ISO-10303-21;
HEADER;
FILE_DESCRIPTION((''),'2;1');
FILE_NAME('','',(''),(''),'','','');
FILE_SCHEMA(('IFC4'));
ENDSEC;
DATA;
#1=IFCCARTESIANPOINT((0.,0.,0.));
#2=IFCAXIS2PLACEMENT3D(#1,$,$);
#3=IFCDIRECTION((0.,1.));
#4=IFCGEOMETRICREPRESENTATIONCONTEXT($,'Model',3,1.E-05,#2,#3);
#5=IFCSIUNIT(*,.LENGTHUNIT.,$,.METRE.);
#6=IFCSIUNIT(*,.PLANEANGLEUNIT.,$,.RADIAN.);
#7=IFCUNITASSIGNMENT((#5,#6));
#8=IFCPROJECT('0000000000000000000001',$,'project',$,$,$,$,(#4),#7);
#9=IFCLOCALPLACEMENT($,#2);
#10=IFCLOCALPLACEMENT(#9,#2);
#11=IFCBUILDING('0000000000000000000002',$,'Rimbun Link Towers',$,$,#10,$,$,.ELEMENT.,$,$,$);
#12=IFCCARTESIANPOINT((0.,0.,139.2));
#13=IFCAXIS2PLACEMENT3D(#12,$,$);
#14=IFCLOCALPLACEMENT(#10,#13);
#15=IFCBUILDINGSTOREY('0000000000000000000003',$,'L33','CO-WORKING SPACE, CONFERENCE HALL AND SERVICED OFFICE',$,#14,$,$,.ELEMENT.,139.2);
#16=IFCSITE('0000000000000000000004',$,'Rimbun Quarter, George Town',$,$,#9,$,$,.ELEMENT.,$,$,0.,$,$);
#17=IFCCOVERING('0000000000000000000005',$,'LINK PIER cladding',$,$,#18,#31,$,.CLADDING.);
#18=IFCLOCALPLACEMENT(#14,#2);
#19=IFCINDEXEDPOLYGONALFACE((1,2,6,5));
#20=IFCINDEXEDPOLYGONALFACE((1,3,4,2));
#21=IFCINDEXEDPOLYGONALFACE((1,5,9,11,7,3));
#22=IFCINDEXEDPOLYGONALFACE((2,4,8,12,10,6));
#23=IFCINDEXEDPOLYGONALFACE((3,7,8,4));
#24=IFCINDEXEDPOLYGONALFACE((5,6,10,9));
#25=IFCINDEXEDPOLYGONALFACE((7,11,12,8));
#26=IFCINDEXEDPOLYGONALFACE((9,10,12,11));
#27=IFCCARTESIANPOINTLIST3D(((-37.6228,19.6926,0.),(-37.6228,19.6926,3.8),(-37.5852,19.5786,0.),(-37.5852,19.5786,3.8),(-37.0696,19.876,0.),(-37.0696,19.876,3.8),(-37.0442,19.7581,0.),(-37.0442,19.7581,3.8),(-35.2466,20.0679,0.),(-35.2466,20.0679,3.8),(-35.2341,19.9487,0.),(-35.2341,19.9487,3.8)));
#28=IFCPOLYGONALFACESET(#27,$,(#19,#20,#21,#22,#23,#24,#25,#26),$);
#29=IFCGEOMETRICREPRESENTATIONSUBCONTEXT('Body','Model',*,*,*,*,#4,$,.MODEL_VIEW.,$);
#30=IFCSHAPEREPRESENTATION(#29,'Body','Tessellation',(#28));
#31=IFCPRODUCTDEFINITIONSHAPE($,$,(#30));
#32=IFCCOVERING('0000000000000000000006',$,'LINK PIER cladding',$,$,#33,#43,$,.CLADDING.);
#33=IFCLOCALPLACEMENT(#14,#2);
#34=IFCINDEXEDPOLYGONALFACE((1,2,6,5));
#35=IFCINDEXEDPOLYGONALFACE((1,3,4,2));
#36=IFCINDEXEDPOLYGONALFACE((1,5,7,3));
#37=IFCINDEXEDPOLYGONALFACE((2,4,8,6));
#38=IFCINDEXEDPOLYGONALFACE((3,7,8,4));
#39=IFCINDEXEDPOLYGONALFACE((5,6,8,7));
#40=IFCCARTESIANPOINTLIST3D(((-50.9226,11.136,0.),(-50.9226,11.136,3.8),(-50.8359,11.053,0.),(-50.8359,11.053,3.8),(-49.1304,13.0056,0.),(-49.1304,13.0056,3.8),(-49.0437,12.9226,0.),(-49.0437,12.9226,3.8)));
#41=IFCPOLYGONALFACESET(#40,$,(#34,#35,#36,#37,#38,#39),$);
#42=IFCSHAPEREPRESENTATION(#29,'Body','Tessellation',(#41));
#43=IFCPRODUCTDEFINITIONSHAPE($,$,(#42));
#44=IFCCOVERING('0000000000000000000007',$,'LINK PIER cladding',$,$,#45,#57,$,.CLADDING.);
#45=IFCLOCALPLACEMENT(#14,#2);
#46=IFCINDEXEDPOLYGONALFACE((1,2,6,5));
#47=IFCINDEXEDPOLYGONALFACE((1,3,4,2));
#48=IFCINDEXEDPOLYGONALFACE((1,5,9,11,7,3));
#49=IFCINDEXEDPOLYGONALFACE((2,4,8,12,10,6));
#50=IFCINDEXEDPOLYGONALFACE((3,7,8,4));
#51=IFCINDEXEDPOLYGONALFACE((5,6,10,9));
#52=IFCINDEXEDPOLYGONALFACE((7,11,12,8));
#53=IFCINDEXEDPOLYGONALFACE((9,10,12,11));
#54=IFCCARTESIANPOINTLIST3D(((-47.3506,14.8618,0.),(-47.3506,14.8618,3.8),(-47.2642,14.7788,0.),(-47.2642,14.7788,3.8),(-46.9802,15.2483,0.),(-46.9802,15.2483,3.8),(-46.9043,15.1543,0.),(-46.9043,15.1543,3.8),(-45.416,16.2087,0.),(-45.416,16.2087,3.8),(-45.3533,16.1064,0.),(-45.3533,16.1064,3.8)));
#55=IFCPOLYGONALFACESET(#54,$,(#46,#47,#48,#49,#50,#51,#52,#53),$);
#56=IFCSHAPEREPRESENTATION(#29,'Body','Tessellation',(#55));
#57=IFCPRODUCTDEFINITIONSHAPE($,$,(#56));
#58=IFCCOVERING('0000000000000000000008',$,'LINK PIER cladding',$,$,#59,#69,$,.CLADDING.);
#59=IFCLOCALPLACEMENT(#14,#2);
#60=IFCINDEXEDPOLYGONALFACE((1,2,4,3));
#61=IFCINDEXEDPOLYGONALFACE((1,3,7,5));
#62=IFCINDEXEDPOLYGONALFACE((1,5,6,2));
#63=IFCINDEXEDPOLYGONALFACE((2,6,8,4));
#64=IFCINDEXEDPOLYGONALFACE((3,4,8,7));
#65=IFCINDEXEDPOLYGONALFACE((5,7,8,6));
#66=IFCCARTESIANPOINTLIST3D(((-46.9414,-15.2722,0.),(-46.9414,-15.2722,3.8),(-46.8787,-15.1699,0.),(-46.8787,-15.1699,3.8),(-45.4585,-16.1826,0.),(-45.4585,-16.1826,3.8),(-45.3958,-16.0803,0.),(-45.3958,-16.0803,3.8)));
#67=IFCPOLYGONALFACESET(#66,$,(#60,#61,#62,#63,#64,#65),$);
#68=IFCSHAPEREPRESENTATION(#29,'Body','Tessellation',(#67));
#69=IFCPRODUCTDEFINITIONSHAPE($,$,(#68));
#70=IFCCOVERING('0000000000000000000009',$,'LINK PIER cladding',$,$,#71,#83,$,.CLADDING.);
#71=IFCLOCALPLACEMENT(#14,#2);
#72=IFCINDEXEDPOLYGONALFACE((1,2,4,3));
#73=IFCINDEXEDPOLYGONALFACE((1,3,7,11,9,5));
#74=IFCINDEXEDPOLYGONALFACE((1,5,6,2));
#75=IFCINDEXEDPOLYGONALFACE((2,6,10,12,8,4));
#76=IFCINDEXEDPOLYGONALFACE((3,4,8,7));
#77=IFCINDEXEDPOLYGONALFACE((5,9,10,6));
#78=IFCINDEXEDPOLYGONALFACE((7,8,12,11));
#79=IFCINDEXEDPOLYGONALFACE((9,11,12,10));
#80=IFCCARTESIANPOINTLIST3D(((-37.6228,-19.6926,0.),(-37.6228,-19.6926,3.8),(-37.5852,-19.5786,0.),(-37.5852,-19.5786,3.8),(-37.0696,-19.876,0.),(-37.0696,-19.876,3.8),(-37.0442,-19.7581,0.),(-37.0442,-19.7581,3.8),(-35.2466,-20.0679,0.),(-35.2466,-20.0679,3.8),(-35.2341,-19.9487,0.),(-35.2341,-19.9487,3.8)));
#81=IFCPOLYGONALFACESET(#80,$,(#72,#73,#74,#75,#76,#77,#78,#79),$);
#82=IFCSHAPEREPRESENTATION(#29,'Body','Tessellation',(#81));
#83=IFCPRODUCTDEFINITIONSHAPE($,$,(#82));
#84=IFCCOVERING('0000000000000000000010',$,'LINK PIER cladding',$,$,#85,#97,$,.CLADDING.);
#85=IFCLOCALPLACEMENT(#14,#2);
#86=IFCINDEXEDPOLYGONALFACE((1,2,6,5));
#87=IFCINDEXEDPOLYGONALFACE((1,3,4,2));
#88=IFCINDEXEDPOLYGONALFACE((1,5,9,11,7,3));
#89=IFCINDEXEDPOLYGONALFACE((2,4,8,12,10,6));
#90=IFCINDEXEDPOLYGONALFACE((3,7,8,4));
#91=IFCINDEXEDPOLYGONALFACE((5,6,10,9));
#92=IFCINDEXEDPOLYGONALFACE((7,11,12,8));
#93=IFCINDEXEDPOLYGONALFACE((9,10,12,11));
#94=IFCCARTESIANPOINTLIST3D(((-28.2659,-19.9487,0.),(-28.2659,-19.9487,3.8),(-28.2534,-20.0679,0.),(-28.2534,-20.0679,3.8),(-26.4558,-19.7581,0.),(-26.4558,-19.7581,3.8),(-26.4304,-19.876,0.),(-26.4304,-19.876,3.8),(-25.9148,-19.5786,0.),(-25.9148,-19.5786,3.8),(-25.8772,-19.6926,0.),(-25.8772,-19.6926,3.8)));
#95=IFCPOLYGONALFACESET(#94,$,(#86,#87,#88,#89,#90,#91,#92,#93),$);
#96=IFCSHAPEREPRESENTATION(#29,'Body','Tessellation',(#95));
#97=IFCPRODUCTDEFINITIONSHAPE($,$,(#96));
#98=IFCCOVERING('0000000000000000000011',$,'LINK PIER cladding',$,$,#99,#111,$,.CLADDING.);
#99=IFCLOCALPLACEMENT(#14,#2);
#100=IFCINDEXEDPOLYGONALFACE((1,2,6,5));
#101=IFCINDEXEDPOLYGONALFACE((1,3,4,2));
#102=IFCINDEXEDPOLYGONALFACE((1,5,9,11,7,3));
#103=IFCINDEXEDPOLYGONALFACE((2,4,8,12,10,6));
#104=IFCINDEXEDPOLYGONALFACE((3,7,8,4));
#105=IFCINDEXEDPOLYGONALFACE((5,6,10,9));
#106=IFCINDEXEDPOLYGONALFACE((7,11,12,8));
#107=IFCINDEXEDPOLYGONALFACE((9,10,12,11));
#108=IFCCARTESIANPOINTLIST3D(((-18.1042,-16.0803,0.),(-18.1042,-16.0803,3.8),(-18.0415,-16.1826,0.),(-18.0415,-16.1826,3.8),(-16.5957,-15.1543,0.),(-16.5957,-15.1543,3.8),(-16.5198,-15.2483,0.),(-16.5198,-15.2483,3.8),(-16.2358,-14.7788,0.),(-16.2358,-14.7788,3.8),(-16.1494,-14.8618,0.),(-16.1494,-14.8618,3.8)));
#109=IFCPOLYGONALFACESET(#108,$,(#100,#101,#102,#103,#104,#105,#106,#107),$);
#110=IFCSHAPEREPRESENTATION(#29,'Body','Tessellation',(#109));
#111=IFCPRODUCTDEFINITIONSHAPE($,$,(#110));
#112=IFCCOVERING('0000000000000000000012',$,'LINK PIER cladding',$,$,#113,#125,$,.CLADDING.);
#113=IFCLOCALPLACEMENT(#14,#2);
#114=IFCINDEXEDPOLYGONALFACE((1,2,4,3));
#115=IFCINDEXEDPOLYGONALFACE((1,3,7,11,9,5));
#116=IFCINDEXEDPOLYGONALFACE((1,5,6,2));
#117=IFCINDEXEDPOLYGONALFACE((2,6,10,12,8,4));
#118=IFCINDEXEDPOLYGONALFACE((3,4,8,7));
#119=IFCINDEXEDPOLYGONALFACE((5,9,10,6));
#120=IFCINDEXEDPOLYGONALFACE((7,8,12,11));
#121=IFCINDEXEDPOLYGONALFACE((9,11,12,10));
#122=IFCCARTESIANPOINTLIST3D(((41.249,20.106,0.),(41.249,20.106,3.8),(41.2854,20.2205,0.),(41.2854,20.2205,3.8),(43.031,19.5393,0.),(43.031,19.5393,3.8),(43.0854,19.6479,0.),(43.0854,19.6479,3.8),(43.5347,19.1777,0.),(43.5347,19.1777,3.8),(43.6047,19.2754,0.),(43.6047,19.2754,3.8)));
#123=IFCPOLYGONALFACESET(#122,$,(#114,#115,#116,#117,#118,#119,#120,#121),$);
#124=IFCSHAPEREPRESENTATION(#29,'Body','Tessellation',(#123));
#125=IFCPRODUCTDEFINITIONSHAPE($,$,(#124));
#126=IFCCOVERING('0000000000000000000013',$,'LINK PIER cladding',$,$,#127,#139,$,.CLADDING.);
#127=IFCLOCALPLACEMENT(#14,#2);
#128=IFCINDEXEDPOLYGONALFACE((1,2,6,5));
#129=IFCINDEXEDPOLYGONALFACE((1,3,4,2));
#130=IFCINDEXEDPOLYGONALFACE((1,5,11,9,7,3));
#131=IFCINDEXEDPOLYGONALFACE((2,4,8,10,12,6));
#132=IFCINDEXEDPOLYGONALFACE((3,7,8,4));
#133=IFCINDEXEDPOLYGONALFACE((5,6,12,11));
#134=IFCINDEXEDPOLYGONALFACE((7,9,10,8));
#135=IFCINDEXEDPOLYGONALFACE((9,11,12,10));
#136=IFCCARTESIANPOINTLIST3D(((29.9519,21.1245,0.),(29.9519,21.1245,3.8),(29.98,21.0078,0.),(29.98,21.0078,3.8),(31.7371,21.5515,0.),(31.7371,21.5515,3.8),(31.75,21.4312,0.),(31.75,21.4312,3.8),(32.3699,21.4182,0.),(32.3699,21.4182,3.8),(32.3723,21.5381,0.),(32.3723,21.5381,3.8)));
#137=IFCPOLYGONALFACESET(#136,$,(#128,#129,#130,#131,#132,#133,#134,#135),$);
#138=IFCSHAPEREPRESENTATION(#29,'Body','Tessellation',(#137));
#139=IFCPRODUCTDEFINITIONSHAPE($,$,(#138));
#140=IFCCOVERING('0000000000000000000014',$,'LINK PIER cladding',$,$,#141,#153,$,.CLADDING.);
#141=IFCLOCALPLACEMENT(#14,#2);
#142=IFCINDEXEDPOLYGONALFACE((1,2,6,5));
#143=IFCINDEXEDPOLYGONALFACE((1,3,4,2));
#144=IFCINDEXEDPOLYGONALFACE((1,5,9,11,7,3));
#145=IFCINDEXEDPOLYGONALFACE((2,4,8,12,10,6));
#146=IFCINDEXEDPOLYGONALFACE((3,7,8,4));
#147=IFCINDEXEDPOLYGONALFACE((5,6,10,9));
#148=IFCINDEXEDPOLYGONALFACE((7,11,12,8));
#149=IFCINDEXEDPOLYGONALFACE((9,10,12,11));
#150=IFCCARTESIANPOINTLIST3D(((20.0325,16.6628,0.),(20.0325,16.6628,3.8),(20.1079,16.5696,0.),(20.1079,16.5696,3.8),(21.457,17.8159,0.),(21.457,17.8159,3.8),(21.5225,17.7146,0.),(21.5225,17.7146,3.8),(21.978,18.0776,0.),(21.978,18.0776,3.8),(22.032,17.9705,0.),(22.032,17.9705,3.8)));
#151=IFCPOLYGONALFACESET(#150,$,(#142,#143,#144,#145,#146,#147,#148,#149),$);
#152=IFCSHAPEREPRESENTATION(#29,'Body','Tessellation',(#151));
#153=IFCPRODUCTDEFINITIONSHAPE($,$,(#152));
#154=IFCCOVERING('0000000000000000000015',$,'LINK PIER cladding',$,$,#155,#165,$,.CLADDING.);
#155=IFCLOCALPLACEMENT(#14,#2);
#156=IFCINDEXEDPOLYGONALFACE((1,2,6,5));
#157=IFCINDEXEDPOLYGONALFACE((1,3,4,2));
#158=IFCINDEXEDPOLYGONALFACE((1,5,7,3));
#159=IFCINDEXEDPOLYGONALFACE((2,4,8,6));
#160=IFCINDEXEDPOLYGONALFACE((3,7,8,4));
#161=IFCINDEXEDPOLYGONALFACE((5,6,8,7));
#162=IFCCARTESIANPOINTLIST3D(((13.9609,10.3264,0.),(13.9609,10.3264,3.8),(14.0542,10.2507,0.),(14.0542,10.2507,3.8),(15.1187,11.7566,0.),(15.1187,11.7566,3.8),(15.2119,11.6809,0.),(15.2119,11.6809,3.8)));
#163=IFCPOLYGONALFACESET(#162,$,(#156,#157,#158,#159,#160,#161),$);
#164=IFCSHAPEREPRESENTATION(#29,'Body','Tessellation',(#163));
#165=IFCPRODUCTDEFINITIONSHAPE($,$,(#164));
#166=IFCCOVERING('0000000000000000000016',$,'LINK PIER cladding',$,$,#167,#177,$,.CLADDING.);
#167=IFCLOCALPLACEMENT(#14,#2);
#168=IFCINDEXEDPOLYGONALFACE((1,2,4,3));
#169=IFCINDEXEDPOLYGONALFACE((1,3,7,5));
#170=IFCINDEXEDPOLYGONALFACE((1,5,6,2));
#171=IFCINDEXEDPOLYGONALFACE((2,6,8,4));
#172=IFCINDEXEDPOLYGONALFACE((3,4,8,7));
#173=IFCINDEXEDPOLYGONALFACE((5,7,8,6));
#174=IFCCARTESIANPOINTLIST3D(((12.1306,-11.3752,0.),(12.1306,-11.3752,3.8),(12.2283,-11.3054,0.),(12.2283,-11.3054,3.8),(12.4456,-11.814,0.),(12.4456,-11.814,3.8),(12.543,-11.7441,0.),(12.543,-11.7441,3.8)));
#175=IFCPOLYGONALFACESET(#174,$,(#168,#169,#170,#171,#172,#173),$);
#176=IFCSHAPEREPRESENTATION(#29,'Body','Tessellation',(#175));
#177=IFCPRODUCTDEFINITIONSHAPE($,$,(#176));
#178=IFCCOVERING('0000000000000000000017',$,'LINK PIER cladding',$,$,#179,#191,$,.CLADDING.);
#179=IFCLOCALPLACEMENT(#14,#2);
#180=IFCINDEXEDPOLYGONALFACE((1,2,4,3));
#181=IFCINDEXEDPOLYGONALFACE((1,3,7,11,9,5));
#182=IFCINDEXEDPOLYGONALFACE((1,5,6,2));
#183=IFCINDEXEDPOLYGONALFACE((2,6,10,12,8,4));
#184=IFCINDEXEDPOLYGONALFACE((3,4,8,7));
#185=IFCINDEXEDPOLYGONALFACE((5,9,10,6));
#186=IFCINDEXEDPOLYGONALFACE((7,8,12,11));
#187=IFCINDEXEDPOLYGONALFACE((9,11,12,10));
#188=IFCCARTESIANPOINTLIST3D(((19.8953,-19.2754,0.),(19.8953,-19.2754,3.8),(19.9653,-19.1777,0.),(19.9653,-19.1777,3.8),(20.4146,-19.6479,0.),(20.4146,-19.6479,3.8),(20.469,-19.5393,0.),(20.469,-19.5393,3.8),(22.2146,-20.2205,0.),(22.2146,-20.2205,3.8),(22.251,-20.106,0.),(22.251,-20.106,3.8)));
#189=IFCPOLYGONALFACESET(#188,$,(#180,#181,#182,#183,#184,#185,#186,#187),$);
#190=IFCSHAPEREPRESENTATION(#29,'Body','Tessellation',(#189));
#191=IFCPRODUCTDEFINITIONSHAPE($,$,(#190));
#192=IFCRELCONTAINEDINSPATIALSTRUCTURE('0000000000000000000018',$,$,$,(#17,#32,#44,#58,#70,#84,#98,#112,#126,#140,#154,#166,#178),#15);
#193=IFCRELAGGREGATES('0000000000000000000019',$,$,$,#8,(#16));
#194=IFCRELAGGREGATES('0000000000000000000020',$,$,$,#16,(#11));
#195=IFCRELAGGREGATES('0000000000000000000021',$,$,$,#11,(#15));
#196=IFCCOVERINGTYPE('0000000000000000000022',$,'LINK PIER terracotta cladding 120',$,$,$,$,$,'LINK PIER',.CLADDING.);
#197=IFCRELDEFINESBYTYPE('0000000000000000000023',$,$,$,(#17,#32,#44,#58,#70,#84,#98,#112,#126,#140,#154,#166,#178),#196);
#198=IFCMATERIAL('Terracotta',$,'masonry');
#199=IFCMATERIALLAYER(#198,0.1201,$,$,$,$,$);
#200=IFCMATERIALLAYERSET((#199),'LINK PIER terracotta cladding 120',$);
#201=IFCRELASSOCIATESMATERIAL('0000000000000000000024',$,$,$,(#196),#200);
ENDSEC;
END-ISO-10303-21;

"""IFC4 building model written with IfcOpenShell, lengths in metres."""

from ifc_helpers import new_model, si_unit, direction, frame, origin, place, context, subcontext, project, spatial, polyline, outline, extrude, material, layer, layer_set, type_object, element, save


model = new_model("IFC4")

# Units and contexts
model_context = context("Model", 3, precision=1e-05, world=origin(), true_north=direction((0.0, 1.0)))
body_context = subcontext(model_context, "Body", "Model", "MODEL_VIEW")
ifc_project = project(units=[si_unit("LENGTHUNIT", "METRE"), si_unit("PLANEANGLEUNIT", "RADIAN")], contexts=[model_context])

# Site, building, storey
site_placement = place(None, origin())
site = spatial("IfcSite", under=ifc_project, at=site_placement, Name="Rimbun Quarter, George Town", CompositionType="ELEMENT", RefElevation=0.0)
building_placement = place(site_placement, origin())
building = spatial("IfcBuilding", under=site, at=building_placement, Name="Rimbun Link Towers", CompositionType="ELEMENT")
storey_placement = place(building_placement, frame((0.0, 0.0, 139.2)))
storey = spatial("IfcBuildingStorey", under=building, at=storey_placement, Name="L33", Description="CO-WORKING SPACE, CONFERENCE HALL AND SERVICED OFFICE", CompositionType="ELEMENT", Elevation=139.2)

# Coverings
ifc_material_1 = material(Name="Terracotta", Category="masonry")
ifc_layer_1 = layer(ifc_material_1, 0.1201)
ifc_layer_set_1 = layer_set([ifc_layer_1], Name="LINK PIER terracotta cladding 120")
covering_type = type_object("IfcCoveringType", Name="LINK PIER terracotta cladding 120", ElementType="LINK PIER", PredefinedType="CLADDING", material=ifc_layer_set_1)
covering_1_placement = place(storey_placement, origin())
element("IfcCovering", 1, at=covering_1_placement, inside=storey, type_object=covering_type, Name="LINK PIER cladding", PredefinedType="CLADDING", context=body_context, shape_type="SweptSolid", body=[
    extrude(outline(polyline([(-37.5852, 19.5786), (-37.0442, 19.7581), (-35.2341, 19.9487), (-35.2466, 20.0679), (-37.0696, 19.876), (-37.6228, 19.6926), (-37.5852, 19.5786)])), origin(), (0.0, 0.0, 1.0), 3.8),
])
covering_2_placement = place(storey_placement, origin())
element("IfcCovering", 2, at=covering_2_placement, inside=storey, type_object=covering_type, Name="LINK PIER cladding", PredefinedType="CLADDING", context=body_context, shape_type="SweptSolid", body=[
    extrude(outline(polyline([(-50.8359, 11.053), (-49.0437, 12.9226), (-49.1304, 13.0056), (-50.9226, 11.136), (-50.8359, 11.053)])), origin(), (0.0, 0.0, 1.0), 3.8),
])
covering_3_placement = place(storey_placement, origin())
element("IfcCovering", 3, at=covering_3_placement, inside=storey, type_object=covering_type, Name="LINK PIER cladding", PredefinedType="CLADDING", context=body_context, shape_type="SweptSolid", body=[
    extrude(outline(polyline([(-47.2642, 14.7788), (-46.9043, 15.1543), (-45.3533, 16.1064), (-45.416, 16.2087), (-46.9802, 15.2483), (-47.3506, 14.8618), (-47.2642, 14.7788)])), origin(), (0.0, 0.0, 1.0), 3.8),
])
covering_4_placement = place(storey_placement, origin())
element("IfcCovering", 4, at=covering_4_placement, inside=storey, type_object=covering_type, Name="LINK PIER cladding", PredefinedType="CLADDING", context=body_context, shape_type="SweptSolid", body=[
    extrude(outline(polyline([(-45.3958, -16.0803), (-46.8787, -15.1699), (-46.9414, -15.2722), (-45.4585, -16.1826), (-45.3958, -16.0803)])), origin(), (0.0, 0.0, 1.0), 3.8),
])
covering_5_placement = place(storey_placement, origin())
element("IfcCovering", 5, at=covering_5_placement, inside=storey, type_object=covering_type, Name="LINK PIER cladding", PredefinedType="CLADDING", context=body_context, shape_type="SweptSolid", body=[
    extrude(outline(polyline([(-35.2341, -19.9487), (-37.0442, -19.7581), (-37.5852, -19.5786), (-37.6228, -19.6926), (-37.0696, -19.876), (-35.2466, -20.0679), (-35.2341, -19.9487)])), origin(), (0.0, 0.0, 1.0), 3.8),
])
covering_6_placement = place(storey_placement, origin())
element("IfcCovering", 6, at=covering_6_placement, inside=storey, type_object=covering_type, Name="LINK PIER cladding", PredefinedType="CLADDING", context=body_context, shape_type="SweptSolid", body=[
    extrude(outline(polyline([(-25.9148, -19.5786), (-26.4558, -19.7581), (-28.2659, -19.9487), (-28.2534, -20.0679), (-26.4304, -19.876), (-25.8772, -19.6926), (-25.9148, -19.5786)])), origin(), (0.0, 0.0, 1.0), 3.8),
])
covering_7_placement = place(storey_placement, origin())
element("IfcCovering", 7, at=covering_7_placement, inside=storey, type_object=covering_type, Name="LINK PIER cladding", PredefinedType="CLADDING", context=body_context, shape_type="SweptSolid", body=[
    extrude(outline(polyline([(-16.2358, -14.7788), (-16.5957, -15.1543), (-18.1042, -16.0803), (-18.0415, -16.1826), (-16.5198, -15.2483), (-16.1494, -14.8618), (-16.2358, -14.7788)])), origin(), (0.0, 0.0, 1.0), 3.8),
])
covering_8_placement = place(storey_placement, origin())
element("IfcCovering", 8, at=covering_8_placement, inside=storey, type_object=covering_type, Name="LINK PIER cladding", PredefinedType="CLADDING", context=body_context, shape_type="SweptSolid", body=[
    extrude(outline(polyline([(41.249, 20.106), (43.031, 19.5393), (43.5347, 19.1777), (43.6047, 19.2754), (43.0854, 19.6479), (41.2854, 20.2205), (41.249, 20.106)])), origin(), (0.0, 0.0, 1.0), 3.8),
])
covering_9_placement = place(storey_placement, origin())
element("IfcCovering", 9, at=covering_9_placement, inside=storey, type_object=covering_type, Name="LINK PIER cladding", PredefinedType="CLADDING", context=body_context, shape_type="SweptSolid", body=[
    extrude(outline(polyline([(29.98, 21.0078), (31.75, 21.4312), (32.3699, 21.4182), (32.3723, 21.5381), (31.7371, 21.5515), (29.9519, 21.1245), (29.98, 21.0078)])), origin(), (0.0, 0.0, 1.0), 3.8),
])
covering_10_placement = place(storey_placement, origin())
element("IfcCovering", 10, at=covering_10_placement, inside=storey, type_object=covering_type, Name="LINK PIER cladding", PredefinedType="CLADDING", context=body_context, shape_type="SweptSolid", body=[
    extrude(outline(polyline([(20.1079, 16.5696), (21.5225, 17.7146), (22.032, 17.9705), (21.978, 18.0776), (21.457, 17.8159), (20.0325, 16.6628), (20.1079, 16.5696)])), origin(), (0.0, 0.0, 1.0), 3.8),
])
covering_11_placement = place(storey_placement, origin())
element("IfcCovering", 11, at=covering_11_placement, inside=storey, type_object=covering_type, Name="LINK PIER cladding", PredefinedType="CLADDING", context=body_context, shape_type="SweptSolid", body=[
    extrude(outline(polyline([(14.0542, 10.2507), (15.2119, 11.6809), (15.1187, 11.7566), (13.9609, 10.3264), (14.0542, 10.2507)])), origin(), (0.0, 0.0, 1.0), 3.8),
])
covering_12_placement = place(storey_placement, origin())
element("IfcCovering", 12, at=covering_12_placement, inside=storey, type_object=covering_type, Name="LINK PIER cladding", PredefinedType="CLADDING", context=body_context, shape_type="SweptSolid", body=[
    extrude(outline(polyline([(12.543, -11.7441), (12.2283, -11.3054), (12.1306, -11.3752), (12.4456, -11.814), (12.543, -11.7441)])), origin(), (0.0, 0.0, 1.0), 3.8),
])
covering_13_placement = place(storey_placement, origin())
element("IfcCovering", 13, at=covering_13_placement, inside=storey, type_object=covering_type, Name="LINK PIER cladding", PredefinedType="CLADDING", context=body_context, shape_type="SweptSolid", body=[
    extrude(outline(polyline([(22.251, -20.106), (20.469, -19.5393), (19.9653, -19.1777), (19.8953, -19.2754), (20.4146, -19.6479), (22.2146, -20.2205), (22.251, -20.106)])), origin(), (0.0, 0.0, 1.0), 3.8),
])

save(model, "model.ifc")
